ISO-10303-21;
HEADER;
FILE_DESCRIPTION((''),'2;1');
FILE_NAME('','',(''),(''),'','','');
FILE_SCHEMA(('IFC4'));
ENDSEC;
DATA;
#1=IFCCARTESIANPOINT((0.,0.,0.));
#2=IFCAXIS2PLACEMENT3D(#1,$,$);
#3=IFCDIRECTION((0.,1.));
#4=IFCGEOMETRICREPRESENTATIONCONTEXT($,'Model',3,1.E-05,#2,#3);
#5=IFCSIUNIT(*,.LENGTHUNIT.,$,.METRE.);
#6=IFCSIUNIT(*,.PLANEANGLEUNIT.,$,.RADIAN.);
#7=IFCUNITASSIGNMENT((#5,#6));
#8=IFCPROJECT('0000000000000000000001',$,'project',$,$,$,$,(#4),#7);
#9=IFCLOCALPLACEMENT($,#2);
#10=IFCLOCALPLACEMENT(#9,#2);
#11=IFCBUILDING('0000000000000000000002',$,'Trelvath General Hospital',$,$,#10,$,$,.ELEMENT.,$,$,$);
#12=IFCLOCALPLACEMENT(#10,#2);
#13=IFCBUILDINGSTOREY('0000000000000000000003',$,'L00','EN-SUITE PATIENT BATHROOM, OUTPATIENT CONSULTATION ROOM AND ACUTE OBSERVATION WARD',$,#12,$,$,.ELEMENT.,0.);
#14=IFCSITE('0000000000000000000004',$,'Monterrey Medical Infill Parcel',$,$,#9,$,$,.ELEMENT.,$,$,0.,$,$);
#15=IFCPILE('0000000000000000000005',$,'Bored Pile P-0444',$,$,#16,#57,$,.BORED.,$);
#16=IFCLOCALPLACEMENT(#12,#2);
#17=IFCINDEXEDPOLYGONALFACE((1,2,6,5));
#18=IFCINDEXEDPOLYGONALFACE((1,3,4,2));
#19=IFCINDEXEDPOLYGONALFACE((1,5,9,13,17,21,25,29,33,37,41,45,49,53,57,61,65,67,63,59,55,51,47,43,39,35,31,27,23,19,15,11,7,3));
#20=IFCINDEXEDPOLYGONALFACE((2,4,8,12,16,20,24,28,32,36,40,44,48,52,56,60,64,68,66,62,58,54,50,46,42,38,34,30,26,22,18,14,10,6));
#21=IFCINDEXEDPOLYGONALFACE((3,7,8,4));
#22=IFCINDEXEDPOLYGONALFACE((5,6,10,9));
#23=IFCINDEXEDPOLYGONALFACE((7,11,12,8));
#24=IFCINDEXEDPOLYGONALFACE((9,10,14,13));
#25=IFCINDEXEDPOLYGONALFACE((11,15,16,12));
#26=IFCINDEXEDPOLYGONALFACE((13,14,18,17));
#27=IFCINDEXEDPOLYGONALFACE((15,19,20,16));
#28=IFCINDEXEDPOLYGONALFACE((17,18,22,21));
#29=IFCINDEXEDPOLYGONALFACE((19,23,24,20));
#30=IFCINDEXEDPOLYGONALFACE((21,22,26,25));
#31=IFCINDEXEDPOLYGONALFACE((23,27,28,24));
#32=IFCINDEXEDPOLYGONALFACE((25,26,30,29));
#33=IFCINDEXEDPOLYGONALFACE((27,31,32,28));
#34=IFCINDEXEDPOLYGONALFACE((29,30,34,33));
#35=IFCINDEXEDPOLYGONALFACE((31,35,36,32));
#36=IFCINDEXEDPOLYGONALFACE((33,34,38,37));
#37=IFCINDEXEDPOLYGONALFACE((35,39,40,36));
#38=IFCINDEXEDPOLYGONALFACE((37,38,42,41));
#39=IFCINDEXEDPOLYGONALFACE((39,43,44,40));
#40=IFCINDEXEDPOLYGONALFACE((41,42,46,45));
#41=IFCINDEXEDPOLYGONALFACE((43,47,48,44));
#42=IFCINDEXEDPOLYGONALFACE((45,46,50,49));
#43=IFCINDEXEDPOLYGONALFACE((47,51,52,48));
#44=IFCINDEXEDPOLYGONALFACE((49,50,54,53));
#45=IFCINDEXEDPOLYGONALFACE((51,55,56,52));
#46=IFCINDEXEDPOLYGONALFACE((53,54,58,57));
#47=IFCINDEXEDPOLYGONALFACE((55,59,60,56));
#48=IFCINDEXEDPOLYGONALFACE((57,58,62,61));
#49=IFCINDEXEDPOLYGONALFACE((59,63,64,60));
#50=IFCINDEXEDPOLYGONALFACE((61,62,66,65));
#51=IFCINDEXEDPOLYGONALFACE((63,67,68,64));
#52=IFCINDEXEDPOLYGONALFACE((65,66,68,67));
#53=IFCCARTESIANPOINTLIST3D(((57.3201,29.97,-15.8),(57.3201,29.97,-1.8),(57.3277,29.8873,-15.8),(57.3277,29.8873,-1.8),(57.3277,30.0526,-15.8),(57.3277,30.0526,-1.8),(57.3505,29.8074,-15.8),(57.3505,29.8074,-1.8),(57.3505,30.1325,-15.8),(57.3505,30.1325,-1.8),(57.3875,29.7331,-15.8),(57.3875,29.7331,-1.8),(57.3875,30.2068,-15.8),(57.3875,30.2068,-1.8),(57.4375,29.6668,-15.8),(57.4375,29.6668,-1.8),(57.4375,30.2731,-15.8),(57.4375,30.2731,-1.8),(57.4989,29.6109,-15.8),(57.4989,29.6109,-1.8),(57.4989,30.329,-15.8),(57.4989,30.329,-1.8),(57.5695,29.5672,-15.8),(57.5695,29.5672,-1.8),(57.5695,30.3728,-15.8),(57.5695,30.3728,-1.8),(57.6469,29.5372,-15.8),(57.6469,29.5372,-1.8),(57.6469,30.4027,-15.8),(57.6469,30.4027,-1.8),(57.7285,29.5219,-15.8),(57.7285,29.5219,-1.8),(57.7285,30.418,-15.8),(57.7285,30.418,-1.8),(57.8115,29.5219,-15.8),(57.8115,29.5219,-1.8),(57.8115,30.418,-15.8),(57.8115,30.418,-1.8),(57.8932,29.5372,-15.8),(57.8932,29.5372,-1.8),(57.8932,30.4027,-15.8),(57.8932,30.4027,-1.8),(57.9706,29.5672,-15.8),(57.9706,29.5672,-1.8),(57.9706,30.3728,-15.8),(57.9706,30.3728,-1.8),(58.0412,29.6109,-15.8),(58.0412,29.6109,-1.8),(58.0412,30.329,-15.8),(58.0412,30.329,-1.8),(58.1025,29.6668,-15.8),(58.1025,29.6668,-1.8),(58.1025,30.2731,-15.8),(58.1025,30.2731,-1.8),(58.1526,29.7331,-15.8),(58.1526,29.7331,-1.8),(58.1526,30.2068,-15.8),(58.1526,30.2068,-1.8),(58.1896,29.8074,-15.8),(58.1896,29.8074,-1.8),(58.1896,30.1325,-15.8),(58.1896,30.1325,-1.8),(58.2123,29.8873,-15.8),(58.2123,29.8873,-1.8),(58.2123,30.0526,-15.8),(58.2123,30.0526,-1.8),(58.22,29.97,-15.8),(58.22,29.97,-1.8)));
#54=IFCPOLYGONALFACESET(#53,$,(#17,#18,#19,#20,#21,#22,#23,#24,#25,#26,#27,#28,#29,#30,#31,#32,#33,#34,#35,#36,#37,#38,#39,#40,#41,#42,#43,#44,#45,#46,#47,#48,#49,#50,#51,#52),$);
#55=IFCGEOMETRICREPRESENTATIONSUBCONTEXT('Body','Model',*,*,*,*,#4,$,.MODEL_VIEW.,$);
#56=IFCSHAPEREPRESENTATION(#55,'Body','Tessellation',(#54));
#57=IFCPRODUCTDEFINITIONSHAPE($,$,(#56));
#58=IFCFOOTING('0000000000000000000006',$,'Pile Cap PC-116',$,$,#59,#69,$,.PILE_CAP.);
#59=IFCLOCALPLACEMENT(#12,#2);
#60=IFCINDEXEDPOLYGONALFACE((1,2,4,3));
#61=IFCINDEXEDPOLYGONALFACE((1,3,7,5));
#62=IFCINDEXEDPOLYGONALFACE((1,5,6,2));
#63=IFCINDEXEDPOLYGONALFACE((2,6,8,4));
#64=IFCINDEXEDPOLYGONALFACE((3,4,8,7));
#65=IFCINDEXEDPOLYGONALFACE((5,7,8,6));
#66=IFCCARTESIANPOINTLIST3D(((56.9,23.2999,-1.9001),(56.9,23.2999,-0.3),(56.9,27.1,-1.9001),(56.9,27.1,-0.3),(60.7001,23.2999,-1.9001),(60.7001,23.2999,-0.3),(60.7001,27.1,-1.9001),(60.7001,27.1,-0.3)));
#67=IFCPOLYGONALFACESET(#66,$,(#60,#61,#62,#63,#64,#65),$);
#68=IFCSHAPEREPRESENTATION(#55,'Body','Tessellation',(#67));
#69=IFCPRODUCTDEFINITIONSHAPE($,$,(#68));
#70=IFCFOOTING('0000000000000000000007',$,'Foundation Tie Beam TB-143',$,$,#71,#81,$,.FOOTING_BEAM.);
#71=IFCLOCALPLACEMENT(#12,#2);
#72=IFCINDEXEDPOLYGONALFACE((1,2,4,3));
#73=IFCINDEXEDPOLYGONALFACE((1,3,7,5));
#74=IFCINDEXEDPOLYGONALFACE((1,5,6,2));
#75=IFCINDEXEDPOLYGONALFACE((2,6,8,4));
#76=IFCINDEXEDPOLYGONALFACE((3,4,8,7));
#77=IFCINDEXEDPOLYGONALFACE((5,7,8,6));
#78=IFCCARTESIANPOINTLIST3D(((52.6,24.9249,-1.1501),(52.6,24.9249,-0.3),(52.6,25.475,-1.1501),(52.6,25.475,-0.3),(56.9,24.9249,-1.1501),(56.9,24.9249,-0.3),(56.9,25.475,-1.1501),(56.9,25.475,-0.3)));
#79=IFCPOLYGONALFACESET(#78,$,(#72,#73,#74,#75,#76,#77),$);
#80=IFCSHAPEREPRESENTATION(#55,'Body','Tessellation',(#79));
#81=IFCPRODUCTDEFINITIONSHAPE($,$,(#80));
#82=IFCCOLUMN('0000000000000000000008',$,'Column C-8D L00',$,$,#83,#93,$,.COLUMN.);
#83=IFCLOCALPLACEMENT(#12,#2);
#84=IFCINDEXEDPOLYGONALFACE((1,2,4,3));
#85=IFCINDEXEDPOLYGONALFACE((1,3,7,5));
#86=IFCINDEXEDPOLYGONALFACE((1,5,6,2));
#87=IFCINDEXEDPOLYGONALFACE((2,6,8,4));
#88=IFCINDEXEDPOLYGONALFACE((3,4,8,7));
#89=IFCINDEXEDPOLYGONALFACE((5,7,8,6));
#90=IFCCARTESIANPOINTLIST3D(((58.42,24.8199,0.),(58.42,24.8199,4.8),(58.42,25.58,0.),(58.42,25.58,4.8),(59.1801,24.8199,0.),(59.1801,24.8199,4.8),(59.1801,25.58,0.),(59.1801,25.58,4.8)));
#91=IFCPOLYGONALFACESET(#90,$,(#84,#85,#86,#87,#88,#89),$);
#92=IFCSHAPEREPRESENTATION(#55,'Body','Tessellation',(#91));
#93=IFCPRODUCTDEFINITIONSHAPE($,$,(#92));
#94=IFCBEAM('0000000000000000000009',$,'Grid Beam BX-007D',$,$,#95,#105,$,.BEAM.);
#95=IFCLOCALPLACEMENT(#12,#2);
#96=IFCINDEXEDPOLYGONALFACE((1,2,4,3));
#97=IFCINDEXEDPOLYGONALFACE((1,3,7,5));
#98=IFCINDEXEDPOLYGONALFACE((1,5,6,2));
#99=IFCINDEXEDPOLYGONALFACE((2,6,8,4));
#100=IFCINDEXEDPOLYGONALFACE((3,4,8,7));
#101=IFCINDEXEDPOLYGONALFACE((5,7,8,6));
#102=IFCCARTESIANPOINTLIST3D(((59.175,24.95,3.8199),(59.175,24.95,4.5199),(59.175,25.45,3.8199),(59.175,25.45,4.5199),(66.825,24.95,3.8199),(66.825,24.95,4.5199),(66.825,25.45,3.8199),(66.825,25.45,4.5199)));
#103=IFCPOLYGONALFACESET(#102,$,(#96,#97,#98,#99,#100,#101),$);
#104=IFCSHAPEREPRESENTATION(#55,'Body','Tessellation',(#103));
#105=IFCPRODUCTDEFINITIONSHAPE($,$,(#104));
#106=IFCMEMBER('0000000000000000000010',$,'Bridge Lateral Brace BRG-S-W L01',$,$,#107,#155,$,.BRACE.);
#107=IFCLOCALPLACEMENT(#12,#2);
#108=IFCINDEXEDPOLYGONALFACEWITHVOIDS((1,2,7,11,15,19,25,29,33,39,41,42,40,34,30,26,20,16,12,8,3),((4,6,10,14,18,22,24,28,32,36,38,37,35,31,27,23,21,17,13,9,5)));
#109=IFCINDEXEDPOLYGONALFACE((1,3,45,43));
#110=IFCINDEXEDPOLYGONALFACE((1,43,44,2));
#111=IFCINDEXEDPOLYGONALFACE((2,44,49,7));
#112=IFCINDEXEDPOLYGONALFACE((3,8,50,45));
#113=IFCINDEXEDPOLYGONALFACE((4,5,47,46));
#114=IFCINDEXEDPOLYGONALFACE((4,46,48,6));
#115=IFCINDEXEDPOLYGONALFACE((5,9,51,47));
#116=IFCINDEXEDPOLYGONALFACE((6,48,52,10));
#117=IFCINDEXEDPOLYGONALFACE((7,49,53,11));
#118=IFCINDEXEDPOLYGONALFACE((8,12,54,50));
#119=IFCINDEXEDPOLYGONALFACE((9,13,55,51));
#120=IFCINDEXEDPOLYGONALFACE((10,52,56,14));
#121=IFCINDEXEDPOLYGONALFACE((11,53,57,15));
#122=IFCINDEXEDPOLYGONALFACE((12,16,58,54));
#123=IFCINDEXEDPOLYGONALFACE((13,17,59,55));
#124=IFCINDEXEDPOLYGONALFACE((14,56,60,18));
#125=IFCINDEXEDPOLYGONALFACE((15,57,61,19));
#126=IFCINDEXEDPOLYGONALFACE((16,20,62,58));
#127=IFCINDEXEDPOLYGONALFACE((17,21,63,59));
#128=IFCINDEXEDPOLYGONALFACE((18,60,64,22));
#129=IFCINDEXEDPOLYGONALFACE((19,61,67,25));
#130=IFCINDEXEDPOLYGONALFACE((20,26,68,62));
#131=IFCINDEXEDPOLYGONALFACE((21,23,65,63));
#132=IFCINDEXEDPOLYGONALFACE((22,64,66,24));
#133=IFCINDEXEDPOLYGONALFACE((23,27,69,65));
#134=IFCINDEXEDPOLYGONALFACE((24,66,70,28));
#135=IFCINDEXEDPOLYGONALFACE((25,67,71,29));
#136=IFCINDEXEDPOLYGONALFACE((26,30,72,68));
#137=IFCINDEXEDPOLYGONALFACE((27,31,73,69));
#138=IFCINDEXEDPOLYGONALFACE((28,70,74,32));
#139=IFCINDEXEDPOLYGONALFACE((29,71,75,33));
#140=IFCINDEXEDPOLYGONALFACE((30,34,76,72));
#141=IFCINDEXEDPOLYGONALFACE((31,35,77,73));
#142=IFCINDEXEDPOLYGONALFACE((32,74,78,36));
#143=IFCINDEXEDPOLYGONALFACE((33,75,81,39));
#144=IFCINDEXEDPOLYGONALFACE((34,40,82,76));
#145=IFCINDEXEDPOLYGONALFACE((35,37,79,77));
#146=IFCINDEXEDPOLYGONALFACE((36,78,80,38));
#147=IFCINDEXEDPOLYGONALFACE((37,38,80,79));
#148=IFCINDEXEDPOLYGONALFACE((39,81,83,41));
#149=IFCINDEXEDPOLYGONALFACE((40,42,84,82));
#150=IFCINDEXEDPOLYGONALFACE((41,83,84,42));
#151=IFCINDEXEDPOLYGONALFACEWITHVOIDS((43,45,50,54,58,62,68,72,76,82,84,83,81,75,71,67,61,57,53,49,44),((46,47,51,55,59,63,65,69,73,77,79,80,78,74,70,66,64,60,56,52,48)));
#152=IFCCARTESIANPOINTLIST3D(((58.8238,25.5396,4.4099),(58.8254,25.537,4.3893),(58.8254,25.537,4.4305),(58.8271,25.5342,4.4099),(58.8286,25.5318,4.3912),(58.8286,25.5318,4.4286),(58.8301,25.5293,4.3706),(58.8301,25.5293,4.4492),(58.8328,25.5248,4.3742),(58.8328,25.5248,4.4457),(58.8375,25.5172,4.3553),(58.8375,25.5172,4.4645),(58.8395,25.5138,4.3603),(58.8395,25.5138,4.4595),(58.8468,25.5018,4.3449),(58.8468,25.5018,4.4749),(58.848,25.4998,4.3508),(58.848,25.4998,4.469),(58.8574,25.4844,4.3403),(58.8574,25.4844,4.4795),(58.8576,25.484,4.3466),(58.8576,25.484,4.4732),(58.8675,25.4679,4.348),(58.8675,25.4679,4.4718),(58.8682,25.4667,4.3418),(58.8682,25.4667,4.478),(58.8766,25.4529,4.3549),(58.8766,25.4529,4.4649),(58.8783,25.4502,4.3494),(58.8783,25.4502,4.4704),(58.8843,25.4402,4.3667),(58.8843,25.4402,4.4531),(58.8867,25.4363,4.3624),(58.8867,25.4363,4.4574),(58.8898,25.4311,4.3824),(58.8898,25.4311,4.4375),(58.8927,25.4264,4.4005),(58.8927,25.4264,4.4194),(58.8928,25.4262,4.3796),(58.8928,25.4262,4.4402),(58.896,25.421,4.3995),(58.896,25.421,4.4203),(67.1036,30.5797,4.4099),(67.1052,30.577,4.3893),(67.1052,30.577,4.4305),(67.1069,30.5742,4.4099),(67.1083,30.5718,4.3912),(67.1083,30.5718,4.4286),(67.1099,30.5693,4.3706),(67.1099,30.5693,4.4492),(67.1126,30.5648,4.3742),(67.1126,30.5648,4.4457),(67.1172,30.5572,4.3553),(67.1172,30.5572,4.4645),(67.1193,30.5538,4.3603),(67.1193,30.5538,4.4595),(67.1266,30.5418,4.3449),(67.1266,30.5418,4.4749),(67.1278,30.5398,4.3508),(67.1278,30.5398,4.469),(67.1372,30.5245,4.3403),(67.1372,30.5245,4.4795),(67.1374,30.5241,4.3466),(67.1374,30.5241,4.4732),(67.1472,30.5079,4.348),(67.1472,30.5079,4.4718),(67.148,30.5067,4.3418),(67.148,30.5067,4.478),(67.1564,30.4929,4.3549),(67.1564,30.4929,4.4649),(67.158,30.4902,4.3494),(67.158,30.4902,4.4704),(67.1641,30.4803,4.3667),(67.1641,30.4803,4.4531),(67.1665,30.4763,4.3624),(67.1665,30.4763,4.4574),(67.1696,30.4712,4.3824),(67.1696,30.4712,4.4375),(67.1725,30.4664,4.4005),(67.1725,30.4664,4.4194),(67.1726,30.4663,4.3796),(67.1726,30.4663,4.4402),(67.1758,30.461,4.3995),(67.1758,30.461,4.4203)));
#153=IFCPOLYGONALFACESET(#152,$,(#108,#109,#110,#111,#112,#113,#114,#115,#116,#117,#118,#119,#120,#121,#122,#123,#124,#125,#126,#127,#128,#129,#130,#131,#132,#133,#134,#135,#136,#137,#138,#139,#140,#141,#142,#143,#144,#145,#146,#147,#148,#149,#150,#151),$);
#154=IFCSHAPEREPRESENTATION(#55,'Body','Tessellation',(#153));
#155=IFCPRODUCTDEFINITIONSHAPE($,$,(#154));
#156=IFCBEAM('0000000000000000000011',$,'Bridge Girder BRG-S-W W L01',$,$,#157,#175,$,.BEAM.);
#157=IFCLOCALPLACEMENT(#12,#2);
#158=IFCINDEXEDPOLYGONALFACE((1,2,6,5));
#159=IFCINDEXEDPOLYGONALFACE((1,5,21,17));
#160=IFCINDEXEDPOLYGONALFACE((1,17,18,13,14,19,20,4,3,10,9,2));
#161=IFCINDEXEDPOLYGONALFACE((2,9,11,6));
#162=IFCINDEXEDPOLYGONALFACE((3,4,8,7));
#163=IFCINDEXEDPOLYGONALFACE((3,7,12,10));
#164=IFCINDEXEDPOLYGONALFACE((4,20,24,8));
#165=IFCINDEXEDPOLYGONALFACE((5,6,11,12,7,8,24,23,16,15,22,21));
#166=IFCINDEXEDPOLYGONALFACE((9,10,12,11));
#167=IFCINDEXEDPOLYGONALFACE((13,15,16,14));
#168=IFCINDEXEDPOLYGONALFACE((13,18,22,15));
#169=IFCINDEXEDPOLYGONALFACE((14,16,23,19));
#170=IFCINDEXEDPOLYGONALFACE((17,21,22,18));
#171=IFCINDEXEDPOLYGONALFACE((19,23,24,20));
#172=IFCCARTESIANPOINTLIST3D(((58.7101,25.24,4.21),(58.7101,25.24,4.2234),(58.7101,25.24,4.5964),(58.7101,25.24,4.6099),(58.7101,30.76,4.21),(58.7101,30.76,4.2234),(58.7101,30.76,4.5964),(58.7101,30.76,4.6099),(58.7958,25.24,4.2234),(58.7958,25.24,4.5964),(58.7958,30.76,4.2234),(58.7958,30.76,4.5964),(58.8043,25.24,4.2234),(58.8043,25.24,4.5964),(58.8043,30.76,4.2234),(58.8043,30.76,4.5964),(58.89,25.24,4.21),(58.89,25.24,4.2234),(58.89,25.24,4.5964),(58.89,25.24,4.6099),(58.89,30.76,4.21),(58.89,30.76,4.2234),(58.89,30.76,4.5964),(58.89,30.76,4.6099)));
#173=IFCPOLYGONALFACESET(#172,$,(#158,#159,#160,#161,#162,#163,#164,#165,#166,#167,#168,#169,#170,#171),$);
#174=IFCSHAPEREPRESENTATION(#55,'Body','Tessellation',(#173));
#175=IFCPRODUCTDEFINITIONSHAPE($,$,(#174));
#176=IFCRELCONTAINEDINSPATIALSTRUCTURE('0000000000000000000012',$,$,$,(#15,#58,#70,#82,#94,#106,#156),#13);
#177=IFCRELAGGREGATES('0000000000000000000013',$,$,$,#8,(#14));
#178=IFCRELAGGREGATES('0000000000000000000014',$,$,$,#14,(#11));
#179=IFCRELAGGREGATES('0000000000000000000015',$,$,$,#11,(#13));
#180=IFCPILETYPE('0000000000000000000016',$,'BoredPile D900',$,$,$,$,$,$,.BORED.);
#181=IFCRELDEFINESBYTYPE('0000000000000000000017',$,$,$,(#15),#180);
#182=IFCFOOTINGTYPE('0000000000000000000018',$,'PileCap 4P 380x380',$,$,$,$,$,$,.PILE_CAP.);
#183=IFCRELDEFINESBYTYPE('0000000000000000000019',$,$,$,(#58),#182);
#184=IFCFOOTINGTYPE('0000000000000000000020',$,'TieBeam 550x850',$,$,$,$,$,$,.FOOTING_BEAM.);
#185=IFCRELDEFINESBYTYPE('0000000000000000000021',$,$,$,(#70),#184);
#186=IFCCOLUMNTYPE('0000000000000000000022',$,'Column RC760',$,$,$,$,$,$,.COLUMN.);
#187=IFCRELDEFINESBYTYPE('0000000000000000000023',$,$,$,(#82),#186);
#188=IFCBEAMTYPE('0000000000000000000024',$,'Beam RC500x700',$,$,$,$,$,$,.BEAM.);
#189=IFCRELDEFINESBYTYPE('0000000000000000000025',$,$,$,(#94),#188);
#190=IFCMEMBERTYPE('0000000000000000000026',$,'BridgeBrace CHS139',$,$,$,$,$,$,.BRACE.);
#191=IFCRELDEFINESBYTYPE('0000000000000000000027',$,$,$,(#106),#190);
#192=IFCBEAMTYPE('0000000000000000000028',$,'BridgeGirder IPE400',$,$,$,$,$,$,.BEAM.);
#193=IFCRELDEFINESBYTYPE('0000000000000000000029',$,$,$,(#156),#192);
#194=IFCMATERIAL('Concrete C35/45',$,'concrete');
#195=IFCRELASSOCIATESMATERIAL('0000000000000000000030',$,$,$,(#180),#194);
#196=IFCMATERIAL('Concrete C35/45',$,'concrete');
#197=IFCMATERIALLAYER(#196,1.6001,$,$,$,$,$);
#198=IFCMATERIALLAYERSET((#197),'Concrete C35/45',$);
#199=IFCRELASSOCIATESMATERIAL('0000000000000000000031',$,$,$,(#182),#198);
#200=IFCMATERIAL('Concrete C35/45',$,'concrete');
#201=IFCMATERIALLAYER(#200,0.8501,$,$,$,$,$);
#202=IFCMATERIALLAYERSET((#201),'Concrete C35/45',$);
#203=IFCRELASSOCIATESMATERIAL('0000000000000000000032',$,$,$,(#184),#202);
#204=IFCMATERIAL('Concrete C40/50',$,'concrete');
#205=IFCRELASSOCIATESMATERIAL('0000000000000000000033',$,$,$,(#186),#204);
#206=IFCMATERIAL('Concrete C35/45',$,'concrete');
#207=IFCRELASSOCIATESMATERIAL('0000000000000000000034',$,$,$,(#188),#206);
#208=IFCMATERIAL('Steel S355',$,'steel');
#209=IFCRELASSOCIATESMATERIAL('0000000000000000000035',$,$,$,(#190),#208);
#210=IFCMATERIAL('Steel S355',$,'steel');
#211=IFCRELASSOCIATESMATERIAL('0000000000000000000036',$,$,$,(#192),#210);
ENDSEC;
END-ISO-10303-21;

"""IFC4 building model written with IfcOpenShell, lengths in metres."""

from ifc_helpers import new_model, si_unit, direction, frame, origin, origin_2d, place, context, subcontext, project, spatial, rectangle, circle, hollow_circle, i_section, extrude, material, layer, layer_set, material_profile, profile_set, type_object, element, save


model = new_model("IFC4")

# Units and contexts
model_context = context("Model", 3, precision=1e-05, world=origin(), true_north=direction((0.0, 1.0)))
body_context = subcontext(model_context, "Body", "Model", "MODEL_VIEW")
ifc_project = project(units=[si_unit("LENGTHUNIT", "METRE"), si_unit("PLANEANGLEUNIT", "RADIAN")], contexts=[model_context])

# Site, building, storey
site_placement = place(None, origin())
site = spatial("IfcSite", under=ifc_project, at=site_placement, Name="Monterrey Medical Infill Parcel", CompositionType="ELEMENT", RefElevation=0.0)
building_placement = place(site_placement, origin())
building = spatial("IfcBuilding", under=site, at=building_placement, Name="Trelvath General Hospital", CompositionType="ELEMENT")
storey_placement = place(building_placement, origin())
storey = spatial("IfcBuildingStorey", under=building, at=storey_placement, Name="L00", Description="EN-SUITE PATIENT BATHROOM, OUTPATIENT CONSULTATION ROOM AND ACUTE OBSERVATION WARD", CompositionType="ELEMENT", Elevation=0.0)

# Pile
ifc_material_1 = material(Name="Concrete C35/45", Category="concrete")
ifc_material_profile_1 = material_profile(ifc_material_1, circle(Radius=0.45, at=origin_2d()), Name="PILE900")
ifc_profile_set_1 = profile_set([ifc_material_profile_1], Name="Concrete C35/45")
pile_type = type_object("IfcPileType", Name="BoredPile D900", PredefinedType="BORED", material=ifc_profile_set_1)
for number, where, z_axis, x_axis, name in (
    (1, (57.77, 29.97, -1.8), (0.0, 0.0, -1.0), (1.0, 0.0, 0.0), "Bored Pile P-0444"),
):
    element("IfcPile", number, at=place(storey_placement, frame(where, z_axis=z_axis, x_axis=x_axis)), inside=storey, type_object=pile_type, Name=name, PredefinedType="BORED", context=body_context, shape_type="SweptSolid", body=[
        extrude(circle(Radius=0.45, at=origin_2d()), origin(), (0.0, 0.0, 1.0), 14.0),
    ])

# Footings
ifc_material_2 = material(Name="Concrete C35/45", Category="concrete")
ifc_layer_1 = layer(ifc_material_2, 1.6001)
ifc_layer_set_1 = layer_set([ifc_layer_1], Name="Concrete C35/45")
footing_type_1 = type_object("IfcFootingType", Name="PileCap 4P 380x380", PredefinedType="PILE_CAP", material=ifc_layer_set_1)
footing_1_placement = place(storey_placement, frame((58.8, 25.2, -1.9001), z_axis=(0.0, 0.0, 1.0), x_axis=(1.0, 0.0, 0.0)))
element("IfcFooting", 2, at=footing_1_placement, inside=storey, type_object=footing_type_1, Name="Pile Cap PC-116", PredefinedType="PILE_CAP", context=body_context, shape_type="SweptSolid", body=[
    extrude(rectangle(XDim=3.8, YDim=3.8, at=origin_2d()), origin(), (0.0, 0.0, 1.0), 1.6001),
])
ifc_material_3 = material(Name="Concrete C35/45", Category="concrete")
ifc_layer_2 = layer(ifc_material_3, 0.8501)
ifc_layer_set_2 = layer_set([ifc_layer_2], Name="Concrete C35/45")
footing_type_2 = type_object("IfcFootingType", Name="TieBeam 550x850", PredefinedType="FOOTING_BEAM", material=ifc_layer_set_2)
footing_2_placement = place(storey_placement, frame((54.75, 25.2, -1.1501), z_axis=(0.0, 0.0, 1.0), x_axis=(1.0, 0.0, 0.0)))
element("IfcFooting", 3, at=footing_2_placement, inside=storey, type_object=footing_type_2, Name="Foundation Tie Beam TB-143", PredefinedType="FOOTING_BEAM", context=body_context, shape_type="SweptSolid", body=[
    extrude(rectangle(XDim=4.3, YDim=0.55, at=origin_2d()), origin(), (0.0, 0.0, 1.0), 0.8501),
])

# Column
ifc_material_4 = material(Name="Concrete C40/50", Category="concrete")
ifc_material_profile_2 = material_profile(ifc_material_4, rectangle(XDim=0.76, YDim=0.76, at=origin_2d()), Name="RC760x760")
ifc_profile_set_2 = profile_set([ifc_material_profile_2], Name="Concrete C40/50")
column_type = type_object("IfcColumnType", Name="Column RC760", PredefinedType="COLUMN", material=ifc_profile_set_2)
column_placement = place(storey_placement, frame((58.8, 25.2, 0.0), z_axis=(0.0, 0.0, 1.0), x_axis=(1.0, 0.0, 0.0)))
element("IfcColumn", 4, at=column_placement, inside=storey, type_object=column_type, Name="Column C-8D L00", PredefinedType="COLUMN", context=body_context, shape_type="SweptSolid", body=[
    extrude(rectangle(XDim=0.76, YDim=0.76, at=origin_2d()), origin(), (0.0, 0.0, 1.0), 4.8),
])

# Beam
ifc_material_5 = material(Name="Concrete C35/45", Category="concrete")
ifc_material_profile_3 = material_profile(ifc_material_5, rectangle(XDim=0.5, YDim=0.7, at=origin_2d()), Name="RCB500x700")
ifc_profile_set_3 = profile_set([ifc_material_profile_3], Name="Concrete C35/45")
beam_type_1 = type_object("IfcBeamType", Name="Beam RC500x700", PredefinedType="BEAM", material=ifc_profile_set_3)
beam_1_placement = place(storey_placement, frame((59.175, 25.2, 4.1699), z_axis=(1.0, 0.0, 0.0), x_axis=(0.0, 1.0, 0.0)))
element("IfcBeam", 5, at=beam_1_placement, inside=storey, type_object=beam_type_1, Name="Grid Beam BX-007D", PredefinedType="BEAM", context=body_context, shape_type="SweptSolid", body=[
    extrude(rectangle(XDim=0.5, YDim=0.7, at=origin_2d()), origin(), (0.0, 0.0, 1.0), 7.6499),
])

# Member
ifc_material_6 = material(Name="Steel S355", Category="steel")
ifc_material_profile_4 = material_profile(ifc_material_6, hollow_circle(Radius=0.0698, WallThickness=0.0063, at=origin_2d()), Name="CHS139.7x6.3")
ifc_profile_set_4 = profile_set([ifc_material_profile_4], Name="Steel S355")
member_type = type_object("IfcMemberType", Name="BridgeBrace CHS139", PredefinedType="BRACE", material=ifc_profile_set_4)
member_placement = place(storey_placement, frame((58.8601, 25.48, 4.4099), z_axis=(0.854191, 0.51996, 0.0), x_axis=(-0.51996, 0.854191, 0.0)))
element("IfcMember", 6, at=member_placement, inside=storey, type_object=member_type, Name="Bridge Lateral Brace BRG-S-W L01", PredefinedType="BRACE", context=body_context, shape_type="SweptSolid", body=[
    extrude(hollow_circle(Radius=0.0698, WallThickness=0.0063, at=origin_2d()), origin(), (0.0, 0.0, 1.0), 9.6931),
])

# Beam
ifc_material_7 = material(Name="Steel S355", Category="steel")
ifc_material_profile_5 = material_profile(ifc_material_7, i_section(OverallWidth=0.1799, OverallDepth=0.3999, WebThickness=0.0085, FlangeThickness=0.0134, at=origin_2d()), Name="IPE400")
ifc_profile_set_5 = profile_set([ifc_material_profile_5], Name="Steel S355")
beam_type_2 = type_object("IfcBeamType", Name="BridgeGirder IPE400", PredefinedType="BEAM", material=ifc_profile_set_5)
beam_2_placement = place(storey_placement, frame((58.8, 25.24, 4.4099), z_axis=(0.0, 1.0, 0.0), x_axis=(-1.0, 0.0, 0.0)))
element("IfcBeam", 7, at=beam_2_placement, inside=storey, type_object=beam_type_2, Name="Bridge Girder BRG-S-W W L01", PredefinedType="BEAM", context=body_context, shape_type="SweptSolid", body=[
    extrude(i_section(OverallWidth=0.1799, OverallDepth=0.3999, WebThickness=0.0085, FlangeThickness=0.0134, at=origin_2d()), origin(), (0.0, 0.0, 1.0), 5.52),
])

save(model, "model.ifc")
